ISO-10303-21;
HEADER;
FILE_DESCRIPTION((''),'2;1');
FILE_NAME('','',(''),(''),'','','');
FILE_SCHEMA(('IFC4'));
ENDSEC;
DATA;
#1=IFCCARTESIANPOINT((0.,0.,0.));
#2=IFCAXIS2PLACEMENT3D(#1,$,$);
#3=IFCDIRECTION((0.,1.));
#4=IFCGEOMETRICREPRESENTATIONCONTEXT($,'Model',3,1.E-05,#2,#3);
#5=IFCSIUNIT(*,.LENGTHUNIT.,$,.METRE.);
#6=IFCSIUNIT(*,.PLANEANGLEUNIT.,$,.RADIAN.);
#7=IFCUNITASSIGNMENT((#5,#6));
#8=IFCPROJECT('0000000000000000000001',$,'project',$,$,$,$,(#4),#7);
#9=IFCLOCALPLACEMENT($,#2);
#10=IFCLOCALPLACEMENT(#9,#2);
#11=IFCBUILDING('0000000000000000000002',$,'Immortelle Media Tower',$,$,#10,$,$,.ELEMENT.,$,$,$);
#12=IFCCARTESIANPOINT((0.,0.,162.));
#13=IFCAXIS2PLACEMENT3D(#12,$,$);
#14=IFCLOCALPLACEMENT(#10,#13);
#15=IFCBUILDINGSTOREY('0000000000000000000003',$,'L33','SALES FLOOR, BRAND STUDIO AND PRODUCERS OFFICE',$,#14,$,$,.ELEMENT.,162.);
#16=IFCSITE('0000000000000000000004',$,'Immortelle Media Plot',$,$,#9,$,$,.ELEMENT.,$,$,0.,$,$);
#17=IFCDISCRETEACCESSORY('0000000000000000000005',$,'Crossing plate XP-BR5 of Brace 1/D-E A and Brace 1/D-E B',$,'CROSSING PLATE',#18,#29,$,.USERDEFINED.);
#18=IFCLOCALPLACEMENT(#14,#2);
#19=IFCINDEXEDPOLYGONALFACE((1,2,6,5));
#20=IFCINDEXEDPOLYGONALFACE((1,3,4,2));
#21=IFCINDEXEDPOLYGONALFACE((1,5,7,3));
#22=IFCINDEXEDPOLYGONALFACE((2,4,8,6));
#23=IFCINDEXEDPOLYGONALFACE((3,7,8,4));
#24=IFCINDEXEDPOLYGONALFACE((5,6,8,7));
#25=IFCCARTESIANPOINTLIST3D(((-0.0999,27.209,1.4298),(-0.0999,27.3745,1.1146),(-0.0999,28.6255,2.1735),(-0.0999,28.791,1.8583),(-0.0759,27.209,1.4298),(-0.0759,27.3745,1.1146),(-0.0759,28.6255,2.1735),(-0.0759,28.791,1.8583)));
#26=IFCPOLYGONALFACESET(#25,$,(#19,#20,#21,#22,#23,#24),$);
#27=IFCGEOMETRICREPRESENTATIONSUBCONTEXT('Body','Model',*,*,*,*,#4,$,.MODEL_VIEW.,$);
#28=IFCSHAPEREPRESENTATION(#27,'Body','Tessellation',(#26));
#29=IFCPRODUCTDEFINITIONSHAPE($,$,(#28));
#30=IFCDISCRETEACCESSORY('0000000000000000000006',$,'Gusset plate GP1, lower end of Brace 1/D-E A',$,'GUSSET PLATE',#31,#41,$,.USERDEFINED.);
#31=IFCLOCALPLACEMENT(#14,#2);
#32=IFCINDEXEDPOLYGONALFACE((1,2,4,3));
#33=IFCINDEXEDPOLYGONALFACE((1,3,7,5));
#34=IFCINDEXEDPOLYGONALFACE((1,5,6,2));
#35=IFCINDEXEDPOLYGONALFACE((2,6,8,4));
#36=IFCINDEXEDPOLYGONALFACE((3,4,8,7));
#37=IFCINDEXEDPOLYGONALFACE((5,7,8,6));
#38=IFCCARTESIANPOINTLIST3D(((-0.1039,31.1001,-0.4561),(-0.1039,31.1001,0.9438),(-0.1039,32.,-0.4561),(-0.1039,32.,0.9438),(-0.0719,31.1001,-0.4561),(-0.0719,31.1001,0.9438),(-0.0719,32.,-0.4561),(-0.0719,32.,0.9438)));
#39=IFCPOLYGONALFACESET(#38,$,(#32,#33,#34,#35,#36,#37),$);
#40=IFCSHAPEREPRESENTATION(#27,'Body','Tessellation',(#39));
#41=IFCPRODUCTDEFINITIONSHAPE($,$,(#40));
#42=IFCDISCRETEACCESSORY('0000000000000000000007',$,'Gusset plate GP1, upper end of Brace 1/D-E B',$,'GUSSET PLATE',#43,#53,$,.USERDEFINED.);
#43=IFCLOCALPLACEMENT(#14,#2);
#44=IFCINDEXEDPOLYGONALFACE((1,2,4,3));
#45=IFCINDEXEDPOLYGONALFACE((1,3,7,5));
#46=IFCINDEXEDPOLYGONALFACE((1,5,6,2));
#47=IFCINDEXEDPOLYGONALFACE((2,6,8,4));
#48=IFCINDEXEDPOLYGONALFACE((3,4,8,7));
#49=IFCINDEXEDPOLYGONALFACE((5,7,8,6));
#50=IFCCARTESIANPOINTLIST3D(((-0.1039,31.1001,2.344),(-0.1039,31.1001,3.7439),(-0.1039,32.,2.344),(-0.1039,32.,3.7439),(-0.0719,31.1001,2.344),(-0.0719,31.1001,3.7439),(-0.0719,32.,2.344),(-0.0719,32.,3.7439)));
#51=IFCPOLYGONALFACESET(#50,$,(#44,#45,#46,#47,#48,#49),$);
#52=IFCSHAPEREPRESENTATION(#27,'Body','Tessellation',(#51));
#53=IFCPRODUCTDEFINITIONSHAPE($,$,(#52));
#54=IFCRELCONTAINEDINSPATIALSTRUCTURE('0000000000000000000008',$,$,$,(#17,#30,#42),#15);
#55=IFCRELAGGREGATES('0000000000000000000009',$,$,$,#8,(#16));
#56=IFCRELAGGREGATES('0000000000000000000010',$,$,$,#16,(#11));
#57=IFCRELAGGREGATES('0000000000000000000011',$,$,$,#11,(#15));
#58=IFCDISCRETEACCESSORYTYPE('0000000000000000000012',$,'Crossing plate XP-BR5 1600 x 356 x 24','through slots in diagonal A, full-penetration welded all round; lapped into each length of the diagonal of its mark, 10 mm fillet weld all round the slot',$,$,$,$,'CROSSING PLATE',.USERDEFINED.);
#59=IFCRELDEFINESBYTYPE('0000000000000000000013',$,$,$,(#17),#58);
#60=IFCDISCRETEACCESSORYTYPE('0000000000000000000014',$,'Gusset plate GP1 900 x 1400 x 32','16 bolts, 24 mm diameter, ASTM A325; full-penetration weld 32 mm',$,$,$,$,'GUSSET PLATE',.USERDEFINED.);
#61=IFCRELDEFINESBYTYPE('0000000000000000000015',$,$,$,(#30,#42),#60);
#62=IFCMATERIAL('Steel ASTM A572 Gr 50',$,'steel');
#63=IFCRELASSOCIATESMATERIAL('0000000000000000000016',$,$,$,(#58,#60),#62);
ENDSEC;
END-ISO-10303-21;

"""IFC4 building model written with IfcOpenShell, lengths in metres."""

from ifc_helpers import new_model, si_unit, direction, frame, origin, origin_2d, place, context, subcontext, project, spatial, rectangle, extrude, material, material_profile, profile_set, type_object, element, save


model = new_model("IFC4")

# Units and contexts
model_context = context("Model", 3, precision=1e-05, world=origin(), true_north=direction((0.0, 1.0)))
body_context = subcontext(model_context, "Body", "Model", "MODEL_VIEW")
ifc_project = project(units=[si_unit("LENGTHUNIT", "METRE"), si_unit("PLANEANGLEUNIT", "RADIAN")], contexts=[model_context])

# Site, building, storey
site_placement = place(None, origin())
site = spatial("IfcSite", under=ifc_project, at=site_placement, Name="Immortelle Media Plot", CompositionType="ELEMENT", RefElevation=0.0)
building_placement = place(site_placement, origin())
building = spatial("IfcBuilding", under=site, at=building_placement, Name="Immortelle Media Tower", CompositionType="ELEMENT")
storey_placement = place(building_placement, frame((0.0, 0.0, 162.0)))
storey = spatial("IfcBuildingStorey", under=building, at=storey_placement, Name="L33", Description="SALES FLOOR, BRAND STUDIO AND PRODUCERS OFFICE", CompositionType="ELEMENT", Elevation=162.0)

# Discrete accessories
ifc_material_1 = material(Name="Steel ASTM A572 Gr 50", Category="steel")
ifc_material_profile_1 = material_profile(ifc_material_1, rectangle(XDim=0.0239, YDim=0.356, at=origin_2d()), Name="PL 24 x 356")
ifc_profile_set_1 = profile_set([ifc_material_profile_1], Name="Steel ASTM A572 Gr 50")
discrete_accessory_type_1 = type_object("IfcDiscreteAccessoryType", Name="Crossing plate XP-BR5 1600 x 356 x 24", Description="through slots in diagonal A, full-penetration welded all round; lapped into each length of the diagonal of its mark, 10 mm fillet weld all round the slot", ElementType="CROSSING PLATE", PredefinedType="USERDEFINED", material=ifc_profile_set_1)
discrete_accessory_placement = place(storey_placement, frame((-0.0879, 28.7083, 2.0159), z_axis=(0.0, -0.885401, -0.464828), x_axis=(1.0, 0.0, 0.0)))
element("IfcDiscreteAccessory", 1, at=discrete_accessory_placement, inside=storey, type_object=discrete_accessory_type_1, Name="Crossing plate XP-BR5 of Brace 1/D-E A and Brace 1/D-E B", ObjectType="CROSSING PLATE", PredefinedType="USERDEFINED", context=body_context, shape_type="SweptSolid", body=[
    extrude(rectangle(XDim=0.0239, YDim=0.356, at=origin_2d()), origin(), (0.0, 0.0, 1.0), 1.5999),
])
ifc_material_profile_2 = material_profile(ifc_material_1, rectangle(XDim=0.032, YDim=1.3999, at=origin_2d()), Name="PL 32 x 1400")
ifc_profile_set_2 = profile_set([ifc_material_profile_2], Name="Steel ASTM A572 Gr 50")
discrete_accessory_type_2 = type_object("IfcDiscreteAccessoryType", Name="Gusset plate GP1 900 x 1400 x 32", Description="16 bolts, 24 mm diameter, ASTM A325; full-penetration weld 32 mm", ElementType="GUSSET PLATE", PredefinedType="USERDEFINED", material=ifc_profile_set_2)
for number, where, z_axis, x_axis, name in (
    (2, (-0.0879, 32.0, 0.2439), (0.0, -1.0, 0.0), (1.0, 0.0, 0.0), "Gusset plate GP1, lower end of Brace 1/D-E A"),
    (3, (-0.0879, 32.0, 3.0439), (0.0, -1.0, 0.0), (1.0, 0.0, 0.0), "Gusset plate GP1, upper end of Brace 1/D-E B"),
):
    element("IfcDiscreteAccessory", number, at=place(storey_placement, frame(where, z_axis=z_axis, x_axis=x_axis)), inside=storey, type_object=discrete_accessory_type_2, Name=name, ObjectType="GUSSET PLATE", PredefinedType="USERDEFINED", context=body_context, shape_type="SweptSolid", body=[
        extrude(rectangle(XDim=0.032, YDim=1.3999, at=origin_2d()), origin(), (0.0, 0.0, 1.0), 0.8999),
    ])

save(model, "model.ifc")
